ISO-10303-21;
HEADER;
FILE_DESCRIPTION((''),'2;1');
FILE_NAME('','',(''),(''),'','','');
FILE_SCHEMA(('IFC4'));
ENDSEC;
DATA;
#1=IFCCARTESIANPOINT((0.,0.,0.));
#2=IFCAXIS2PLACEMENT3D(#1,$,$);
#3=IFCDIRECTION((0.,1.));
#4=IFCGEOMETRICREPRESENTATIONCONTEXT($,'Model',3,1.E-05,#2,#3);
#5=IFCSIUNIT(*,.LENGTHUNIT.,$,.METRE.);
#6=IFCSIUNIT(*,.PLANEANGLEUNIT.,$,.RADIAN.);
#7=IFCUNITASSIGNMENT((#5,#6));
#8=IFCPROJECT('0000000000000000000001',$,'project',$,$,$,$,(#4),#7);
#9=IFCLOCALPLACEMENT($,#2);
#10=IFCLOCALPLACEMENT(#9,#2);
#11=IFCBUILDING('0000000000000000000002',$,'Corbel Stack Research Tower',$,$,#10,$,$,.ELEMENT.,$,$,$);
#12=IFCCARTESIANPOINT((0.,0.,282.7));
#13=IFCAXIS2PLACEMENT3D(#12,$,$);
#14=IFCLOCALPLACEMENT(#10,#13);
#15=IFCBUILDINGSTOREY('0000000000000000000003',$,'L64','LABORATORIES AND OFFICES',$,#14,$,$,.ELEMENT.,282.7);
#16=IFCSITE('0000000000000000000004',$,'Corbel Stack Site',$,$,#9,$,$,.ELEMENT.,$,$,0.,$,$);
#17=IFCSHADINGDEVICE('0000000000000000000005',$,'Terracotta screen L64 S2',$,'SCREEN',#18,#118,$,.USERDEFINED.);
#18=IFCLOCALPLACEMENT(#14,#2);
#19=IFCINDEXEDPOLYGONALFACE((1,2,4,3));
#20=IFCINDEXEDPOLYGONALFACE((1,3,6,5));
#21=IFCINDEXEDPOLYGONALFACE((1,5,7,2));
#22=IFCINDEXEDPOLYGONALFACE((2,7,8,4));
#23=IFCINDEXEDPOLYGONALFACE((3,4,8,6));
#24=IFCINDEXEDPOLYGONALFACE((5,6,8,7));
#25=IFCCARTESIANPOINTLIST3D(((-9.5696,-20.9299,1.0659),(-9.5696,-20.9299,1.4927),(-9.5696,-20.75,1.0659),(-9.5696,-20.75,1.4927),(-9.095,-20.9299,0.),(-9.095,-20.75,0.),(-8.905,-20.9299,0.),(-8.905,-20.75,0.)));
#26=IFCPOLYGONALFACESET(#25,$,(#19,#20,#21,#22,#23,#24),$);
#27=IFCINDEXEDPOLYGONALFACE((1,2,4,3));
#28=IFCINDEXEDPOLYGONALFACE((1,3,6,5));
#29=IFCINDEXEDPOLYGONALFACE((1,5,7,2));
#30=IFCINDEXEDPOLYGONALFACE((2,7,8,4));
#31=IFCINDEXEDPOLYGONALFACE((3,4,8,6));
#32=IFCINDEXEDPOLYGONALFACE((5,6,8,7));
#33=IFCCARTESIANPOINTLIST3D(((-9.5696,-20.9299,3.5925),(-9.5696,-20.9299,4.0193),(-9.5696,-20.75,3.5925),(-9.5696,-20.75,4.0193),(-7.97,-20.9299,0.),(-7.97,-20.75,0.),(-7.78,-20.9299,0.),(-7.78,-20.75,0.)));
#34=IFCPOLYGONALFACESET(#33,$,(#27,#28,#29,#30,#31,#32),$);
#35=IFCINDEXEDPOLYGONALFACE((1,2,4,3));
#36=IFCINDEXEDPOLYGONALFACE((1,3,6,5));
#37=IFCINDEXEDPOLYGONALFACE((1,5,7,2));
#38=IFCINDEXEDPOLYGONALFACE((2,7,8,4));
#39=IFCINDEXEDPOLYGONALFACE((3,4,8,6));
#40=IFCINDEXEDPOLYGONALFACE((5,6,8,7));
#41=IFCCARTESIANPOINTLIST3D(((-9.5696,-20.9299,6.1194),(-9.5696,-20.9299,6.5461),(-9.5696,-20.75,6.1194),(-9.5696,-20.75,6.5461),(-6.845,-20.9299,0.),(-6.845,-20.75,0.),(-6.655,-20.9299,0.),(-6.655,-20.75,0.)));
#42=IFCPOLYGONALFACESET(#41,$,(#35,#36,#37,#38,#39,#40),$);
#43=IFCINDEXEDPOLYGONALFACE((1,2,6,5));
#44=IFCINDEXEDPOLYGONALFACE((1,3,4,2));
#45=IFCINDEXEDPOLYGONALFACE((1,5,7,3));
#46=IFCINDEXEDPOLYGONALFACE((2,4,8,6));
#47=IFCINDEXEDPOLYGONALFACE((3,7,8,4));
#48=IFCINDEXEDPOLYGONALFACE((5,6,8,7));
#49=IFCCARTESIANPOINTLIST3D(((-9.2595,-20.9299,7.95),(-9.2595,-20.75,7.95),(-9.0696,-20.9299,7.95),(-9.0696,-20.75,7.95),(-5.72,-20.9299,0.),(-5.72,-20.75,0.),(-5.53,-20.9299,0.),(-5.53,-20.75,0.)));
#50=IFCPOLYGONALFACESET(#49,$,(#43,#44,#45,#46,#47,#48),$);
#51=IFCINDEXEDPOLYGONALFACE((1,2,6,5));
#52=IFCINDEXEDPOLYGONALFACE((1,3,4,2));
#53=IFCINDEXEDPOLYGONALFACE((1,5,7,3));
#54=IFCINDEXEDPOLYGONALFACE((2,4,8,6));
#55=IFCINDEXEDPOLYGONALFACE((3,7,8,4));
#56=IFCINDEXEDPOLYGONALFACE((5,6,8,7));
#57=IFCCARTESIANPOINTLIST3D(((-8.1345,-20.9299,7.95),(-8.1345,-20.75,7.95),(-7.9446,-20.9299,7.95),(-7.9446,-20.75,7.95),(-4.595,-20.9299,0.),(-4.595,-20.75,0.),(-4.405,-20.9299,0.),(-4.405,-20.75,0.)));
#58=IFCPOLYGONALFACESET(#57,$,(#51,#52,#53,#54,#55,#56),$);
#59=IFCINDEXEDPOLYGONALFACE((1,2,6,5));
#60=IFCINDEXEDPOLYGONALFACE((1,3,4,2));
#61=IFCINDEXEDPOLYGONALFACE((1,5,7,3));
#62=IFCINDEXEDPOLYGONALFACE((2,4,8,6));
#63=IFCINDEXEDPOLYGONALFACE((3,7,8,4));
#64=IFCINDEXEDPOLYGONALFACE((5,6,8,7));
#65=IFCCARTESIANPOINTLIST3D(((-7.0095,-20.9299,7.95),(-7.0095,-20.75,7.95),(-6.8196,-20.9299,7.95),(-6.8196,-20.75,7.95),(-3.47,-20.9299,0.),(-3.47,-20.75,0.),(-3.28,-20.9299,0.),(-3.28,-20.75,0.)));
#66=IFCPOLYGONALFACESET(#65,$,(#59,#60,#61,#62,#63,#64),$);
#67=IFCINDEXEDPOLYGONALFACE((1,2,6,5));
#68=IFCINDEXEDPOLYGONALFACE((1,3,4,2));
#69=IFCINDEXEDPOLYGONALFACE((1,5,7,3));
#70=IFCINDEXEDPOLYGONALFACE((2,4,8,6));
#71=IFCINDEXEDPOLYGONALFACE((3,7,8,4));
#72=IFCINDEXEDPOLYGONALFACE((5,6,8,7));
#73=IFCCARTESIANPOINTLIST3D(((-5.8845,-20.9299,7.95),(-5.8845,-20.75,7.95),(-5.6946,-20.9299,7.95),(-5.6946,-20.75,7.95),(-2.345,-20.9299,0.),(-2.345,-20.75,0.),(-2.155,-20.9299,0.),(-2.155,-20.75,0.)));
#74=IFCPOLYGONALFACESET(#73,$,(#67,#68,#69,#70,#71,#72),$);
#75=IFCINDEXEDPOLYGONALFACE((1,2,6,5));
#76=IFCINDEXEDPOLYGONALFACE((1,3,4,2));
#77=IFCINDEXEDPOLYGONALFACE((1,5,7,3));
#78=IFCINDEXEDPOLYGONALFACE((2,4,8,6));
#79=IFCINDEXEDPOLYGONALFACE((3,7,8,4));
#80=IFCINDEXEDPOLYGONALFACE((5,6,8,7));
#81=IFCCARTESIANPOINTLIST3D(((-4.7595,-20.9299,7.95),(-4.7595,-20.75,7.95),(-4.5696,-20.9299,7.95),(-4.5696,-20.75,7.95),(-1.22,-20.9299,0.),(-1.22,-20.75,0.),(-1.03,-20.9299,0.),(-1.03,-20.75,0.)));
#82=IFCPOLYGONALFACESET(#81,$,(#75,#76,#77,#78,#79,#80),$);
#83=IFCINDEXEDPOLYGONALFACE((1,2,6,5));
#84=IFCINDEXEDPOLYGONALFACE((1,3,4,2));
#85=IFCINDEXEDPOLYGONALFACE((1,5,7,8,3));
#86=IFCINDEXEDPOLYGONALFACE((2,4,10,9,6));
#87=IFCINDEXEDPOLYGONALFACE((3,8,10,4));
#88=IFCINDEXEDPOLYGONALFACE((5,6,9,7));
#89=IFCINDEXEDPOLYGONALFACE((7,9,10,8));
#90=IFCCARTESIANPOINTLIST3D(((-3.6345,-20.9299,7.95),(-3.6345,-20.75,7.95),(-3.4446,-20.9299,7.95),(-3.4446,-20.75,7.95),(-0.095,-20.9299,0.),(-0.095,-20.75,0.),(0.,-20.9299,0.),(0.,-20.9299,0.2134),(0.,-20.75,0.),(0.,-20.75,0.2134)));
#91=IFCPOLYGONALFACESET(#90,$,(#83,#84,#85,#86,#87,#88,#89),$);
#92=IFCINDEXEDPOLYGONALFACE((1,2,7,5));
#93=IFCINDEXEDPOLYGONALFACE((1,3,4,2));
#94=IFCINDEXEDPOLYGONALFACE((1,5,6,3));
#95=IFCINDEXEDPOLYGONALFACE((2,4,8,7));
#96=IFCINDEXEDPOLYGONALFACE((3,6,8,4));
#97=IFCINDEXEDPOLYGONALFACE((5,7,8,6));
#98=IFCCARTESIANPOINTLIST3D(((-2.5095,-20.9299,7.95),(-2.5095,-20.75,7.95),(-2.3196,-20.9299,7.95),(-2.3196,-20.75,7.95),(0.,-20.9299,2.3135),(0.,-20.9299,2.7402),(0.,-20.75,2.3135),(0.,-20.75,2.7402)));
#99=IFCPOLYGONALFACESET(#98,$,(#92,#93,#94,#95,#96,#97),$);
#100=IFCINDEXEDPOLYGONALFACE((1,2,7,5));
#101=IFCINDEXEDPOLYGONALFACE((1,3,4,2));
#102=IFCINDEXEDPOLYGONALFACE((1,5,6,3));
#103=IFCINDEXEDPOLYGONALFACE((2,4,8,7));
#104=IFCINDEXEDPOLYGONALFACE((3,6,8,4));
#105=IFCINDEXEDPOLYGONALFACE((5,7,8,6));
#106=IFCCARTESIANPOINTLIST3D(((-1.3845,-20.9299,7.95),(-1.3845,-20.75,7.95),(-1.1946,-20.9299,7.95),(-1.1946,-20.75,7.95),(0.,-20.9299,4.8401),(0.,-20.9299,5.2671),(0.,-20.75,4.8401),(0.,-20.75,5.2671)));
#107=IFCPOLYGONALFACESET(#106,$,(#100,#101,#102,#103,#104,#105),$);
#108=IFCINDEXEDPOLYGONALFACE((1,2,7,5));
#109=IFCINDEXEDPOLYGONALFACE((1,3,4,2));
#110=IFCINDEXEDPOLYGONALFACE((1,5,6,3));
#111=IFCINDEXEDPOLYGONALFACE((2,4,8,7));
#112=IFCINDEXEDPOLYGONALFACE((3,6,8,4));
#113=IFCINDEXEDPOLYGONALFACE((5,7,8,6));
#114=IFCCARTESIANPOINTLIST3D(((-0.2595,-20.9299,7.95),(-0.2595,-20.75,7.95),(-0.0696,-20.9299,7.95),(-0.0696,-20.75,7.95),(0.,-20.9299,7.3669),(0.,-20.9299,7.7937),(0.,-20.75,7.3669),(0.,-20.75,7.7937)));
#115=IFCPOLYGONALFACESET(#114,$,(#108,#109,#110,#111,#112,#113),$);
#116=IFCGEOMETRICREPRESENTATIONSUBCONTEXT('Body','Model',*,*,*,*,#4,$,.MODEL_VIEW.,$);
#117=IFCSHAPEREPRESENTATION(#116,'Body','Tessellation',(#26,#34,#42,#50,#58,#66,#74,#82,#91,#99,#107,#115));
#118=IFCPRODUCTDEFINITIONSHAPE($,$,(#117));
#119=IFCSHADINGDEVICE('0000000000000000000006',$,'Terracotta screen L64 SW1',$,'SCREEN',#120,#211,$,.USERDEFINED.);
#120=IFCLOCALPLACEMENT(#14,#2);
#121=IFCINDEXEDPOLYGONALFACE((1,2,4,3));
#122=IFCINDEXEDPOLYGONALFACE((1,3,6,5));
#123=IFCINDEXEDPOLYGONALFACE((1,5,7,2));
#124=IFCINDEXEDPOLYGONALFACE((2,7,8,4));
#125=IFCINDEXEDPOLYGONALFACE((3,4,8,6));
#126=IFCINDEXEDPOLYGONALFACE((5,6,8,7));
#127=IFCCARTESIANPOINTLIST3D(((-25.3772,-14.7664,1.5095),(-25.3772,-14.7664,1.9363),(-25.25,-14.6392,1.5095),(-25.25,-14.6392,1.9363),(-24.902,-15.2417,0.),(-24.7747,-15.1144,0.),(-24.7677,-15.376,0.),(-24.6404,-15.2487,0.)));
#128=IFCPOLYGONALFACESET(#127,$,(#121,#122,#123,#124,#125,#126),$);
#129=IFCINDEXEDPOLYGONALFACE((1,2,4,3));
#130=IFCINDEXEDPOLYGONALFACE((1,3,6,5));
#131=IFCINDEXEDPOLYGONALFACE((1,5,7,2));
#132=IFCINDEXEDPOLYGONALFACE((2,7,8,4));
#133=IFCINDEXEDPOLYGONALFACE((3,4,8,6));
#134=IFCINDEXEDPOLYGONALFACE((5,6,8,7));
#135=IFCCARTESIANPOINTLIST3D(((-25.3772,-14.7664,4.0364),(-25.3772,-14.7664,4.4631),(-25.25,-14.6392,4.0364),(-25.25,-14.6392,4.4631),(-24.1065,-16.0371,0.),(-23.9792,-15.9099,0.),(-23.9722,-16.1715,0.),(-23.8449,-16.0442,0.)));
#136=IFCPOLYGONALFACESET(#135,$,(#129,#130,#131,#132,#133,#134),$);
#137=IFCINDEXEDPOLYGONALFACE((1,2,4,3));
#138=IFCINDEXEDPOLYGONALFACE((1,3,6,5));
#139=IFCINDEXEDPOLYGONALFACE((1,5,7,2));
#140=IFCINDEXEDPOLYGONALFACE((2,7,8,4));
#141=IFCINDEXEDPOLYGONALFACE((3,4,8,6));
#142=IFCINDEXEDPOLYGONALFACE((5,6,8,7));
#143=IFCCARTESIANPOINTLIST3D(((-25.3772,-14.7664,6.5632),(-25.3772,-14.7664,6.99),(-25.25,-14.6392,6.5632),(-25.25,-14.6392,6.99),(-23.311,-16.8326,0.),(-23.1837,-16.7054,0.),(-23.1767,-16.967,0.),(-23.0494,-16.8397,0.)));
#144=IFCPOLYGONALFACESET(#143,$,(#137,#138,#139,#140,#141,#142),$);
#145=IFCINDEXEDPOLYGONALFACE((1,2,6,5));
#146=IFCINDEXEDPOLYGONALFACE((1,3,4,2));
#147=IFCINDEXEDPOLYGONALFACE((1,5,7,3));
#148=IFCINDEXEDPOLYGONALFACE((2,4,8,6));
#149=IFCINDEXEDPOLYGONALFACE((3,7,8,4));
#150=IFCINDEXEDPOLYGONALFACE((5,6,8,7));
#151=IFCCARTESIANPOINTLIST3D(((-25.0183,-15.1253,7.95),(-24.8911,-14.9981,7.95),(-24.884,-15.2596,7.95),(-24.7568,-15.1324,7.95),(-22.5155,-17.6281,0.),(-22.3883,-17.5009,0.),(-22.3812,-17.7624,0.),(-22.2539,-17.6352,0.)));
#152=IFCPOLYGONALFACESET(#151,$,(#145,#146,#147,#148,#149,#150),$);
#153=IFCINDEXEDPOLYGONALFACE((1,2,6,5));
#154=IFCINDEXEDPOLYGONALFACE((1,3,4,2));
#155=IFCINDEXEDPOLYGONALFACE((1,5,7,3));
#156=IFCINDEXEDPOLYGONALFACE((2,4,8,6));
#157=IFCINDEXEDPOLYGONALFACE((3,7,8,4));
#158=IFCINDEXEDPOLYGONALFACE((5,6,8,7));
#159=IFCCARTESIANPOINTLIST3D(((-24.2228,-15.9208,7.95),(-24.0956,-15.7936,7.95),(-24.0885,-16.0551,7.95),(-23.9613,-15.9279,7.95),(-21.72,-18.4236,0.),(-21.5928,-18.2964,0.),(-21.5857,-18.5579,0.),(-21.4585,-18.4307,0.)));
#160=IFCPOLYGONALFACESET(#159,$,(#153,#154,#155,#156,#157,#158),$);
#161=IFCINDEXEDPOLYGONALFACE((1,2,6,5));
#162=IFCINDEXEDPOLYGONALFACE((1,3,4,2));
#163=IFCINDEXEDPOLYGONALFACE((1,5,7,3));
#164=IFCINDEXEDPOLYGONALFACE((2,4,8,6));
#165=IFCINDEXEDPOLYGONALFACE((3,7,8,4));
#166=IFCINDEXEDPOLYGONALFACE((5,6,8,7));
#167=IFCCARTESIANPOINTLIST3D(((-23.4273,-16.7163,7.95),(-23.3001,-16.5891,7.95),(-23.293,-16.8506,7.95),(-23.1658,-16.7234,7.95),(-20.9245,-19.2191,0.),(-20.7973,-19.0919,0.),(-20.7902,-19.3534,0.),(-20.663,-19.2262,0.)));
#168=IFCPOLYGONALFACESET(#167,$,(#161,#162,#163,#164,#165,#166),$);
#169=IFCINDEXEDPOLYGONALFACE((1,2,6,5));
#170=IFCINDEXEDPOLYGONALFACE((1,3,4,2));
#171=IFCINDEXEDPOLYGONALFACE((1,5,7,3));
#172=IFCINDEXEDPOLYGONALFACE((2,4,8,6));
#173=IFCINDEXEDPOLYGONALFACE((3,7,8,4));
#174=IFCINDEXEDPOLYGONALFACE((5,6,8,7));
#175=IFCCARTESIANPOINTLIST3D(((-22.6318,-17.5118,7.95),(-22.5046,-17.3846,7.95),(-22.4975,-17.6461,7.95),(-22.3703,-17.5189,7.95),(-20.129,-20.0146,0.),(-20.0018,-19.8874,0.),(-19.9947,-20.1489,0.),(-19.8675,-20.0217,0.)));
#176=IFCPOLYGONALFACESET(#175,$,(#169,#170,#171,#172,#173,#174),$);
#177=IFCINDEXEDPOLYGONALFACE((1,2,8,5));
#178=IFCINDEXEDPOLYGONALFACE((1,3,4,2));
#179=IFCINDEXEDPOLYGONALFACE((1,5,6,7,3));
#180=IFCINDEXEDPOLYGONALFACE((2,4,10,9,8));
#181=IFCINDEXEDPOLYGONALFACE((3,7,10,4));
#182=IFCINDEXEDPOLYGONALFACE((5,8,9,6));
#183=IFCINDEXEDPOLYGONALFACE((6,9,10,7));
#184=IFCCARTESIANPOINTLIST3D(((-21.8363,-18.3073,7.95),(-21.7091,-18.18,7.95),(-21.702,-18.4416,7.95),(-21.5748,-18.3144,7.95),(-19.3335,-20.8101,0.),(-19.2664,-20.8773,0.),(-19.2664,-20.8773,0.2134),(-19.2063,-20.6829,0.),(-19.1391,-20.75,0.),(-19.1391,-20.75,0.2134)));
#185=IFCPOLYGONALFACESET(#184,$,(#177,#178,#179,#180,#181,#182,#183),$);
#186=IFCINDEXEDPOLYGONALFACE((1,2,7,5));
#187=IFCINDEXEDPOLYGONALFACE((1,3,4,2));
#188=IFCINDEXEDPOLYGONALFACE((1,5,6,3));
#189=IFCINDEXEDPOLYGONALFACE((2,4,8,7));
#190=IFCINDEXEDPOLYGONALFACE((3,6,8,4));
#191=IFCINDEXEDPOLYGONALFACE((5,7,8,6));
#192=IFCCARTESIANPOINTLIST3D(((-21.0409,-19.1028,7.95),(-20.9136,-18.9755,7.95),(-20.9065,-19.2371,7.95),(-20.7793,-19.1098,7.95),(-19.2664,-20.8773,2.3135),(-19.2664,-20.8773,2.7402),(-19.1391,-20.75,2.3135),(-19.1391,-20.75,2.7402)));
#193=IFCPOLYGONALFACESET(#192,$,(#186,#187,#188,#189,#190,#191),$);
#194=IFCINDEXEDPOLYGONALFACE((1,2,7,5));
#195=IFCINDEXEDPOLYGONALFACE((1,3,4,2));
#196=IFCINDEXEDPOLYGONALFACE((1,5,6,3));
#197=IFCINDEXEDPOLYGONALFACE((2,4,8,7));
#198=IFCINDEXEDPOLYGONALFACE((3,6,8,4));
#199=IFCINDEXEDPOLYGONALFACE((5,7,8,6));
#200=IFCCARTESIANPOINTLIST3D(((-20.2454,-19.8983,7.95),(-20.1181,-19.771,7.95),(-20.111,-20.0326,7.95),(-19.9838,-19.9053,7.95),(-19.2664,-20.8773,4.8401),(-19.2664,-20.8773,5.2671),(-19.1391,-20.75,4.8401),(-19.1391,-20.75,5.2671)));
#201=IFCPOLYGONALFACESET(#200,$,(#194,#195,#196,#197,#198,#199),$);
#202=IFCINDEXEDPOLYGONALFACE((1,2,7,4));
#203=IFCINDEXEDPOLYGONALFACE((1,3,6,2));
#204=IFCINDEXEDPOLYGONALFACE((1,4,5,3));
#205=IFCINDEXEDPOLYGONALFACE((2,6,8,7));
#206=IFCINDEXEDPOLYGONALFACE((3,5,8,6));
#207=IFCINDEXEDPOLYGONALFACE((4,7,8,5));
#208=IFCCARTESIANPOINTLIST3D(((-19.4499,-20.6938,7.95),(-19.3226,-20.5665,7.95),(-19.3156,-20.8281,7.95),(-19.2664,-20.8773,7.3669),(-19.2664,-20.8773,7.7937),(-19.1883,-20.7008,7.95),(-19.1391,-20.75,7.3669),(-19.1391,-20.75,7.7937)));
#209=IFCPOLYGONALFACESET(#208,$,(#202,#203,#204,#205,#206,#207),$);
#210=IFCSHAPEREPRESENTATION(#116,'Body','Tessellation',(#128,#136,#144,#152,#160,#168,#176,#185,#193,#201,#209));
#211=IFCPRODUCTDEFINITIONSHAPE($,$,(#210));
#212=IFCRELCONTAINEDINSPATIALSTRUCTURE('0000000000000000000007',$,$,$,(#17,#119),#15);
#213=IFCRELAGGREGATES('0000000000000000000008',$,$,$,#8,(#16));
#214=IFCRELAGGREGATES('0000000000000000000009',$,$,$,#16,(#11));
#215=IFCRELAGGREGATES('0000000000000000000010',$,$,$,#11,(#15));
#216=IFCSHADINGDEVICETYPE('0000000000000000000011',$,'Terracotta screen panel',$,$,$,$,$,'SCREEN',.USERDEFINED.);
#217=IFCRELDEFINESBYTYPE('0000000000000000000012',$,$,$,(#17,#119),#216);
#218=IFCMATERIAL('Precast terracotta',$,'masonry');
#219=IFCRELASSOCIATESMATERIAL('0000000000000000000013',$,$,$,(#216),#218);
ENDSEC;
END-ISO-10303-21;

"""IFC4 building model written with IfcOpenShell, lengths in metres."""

from ifc_helpers import new_model, si_unit, direction, frame, origin, place, context, subcontext, project, spatial, polyline, outline, extrude, source, transform, mapped, material, type_object, element, save


model = new_model("IFC4")

# Units and contexts
model_context = context("Model", 3, precision=1e-05, world=origin(), true_north=direction((0.0, 1.0)))
body_context = subcontext(model_context, "Body", "Model", "MODEL_VIEW")
ifc_project = project(units=[si_unit("LENGTHUNIT", "METRE"), si_unit("PLANEANGLEUNIT", "RADIAN")], contexts=[model_context])

# Site, building, storey
site_placement = place(None, origin())
site = spatial("IfcSite", under=ifc_project, at=site_placement, Name="Corbel Stack Site", CompositionType="ELEMENT", RefElevation=0.0)
building_placement = place(site_placement, origin())
building = spatial("IfcBuilding", under=site, at=building_placement, Name="Corbel Stack Research Tower", CompositionType="ELEMENT")
storey_placement = place(building_placement, frame((0.0, 0.0, 282.7)))
storey = spatial("IfcBuildingStorey", under=building, at=storey_placement, Name="L64", Description="LABORATORIES AND OFFICES", CompositionType="ELEMENT", Elevation=282.7)

# Shading devices
ifc_material_1 = material(Name="Precast terracotta", Category="masonry")
shading_device_type = type_object("IfcShadingDeviceType", Name="Terracotta screen panel", ElementType="SCREEN", PredefinedType="USERDEFINED", material=ifc_material_1)
shared_shape_1 = source(origin(), body_context, "Body", "SweptSolid", [
    extrude(outline(polyline([(0.6646, 0.0), (0.0, 1.4927), (0.0, 1.0659), (0.4746, 0.0), (0.6646, 0.0)])), frame((0.0, 0.0, 0.0), z_axis=(0.0, -1.0, 0.0), x_axis=(1.0, 0.0, 0.0)), (0.0, 0.0, 1.0), 0.1799),
    extrude(outline(polyline([(1.7896, 0.0), (0.0, 4.0193), (0.0, 3.5925), (1.5996, 0.0), (1.7896, 0.0)])), frame((0.0, 0.0, 0.0), z_axis=(0.0, -1.0, 0.0), x_axis=(1.0, 0.0, 0.0)), (0.0, 0.0, 1.0), 0.1799),
    extrude(outline(polyline([(2.9146, 0.0), (0.0, 6.5461), (0.0, 6.1194), (2.7246, 0.0), (2.9146, 0.0)])), frame((0.0, 0.0, 0.0), z_axis=(0.0, -1.0, 0.0), x_axis=(1.0, 0.0, 0.0)), (0.0, 0.0, 1.0), 0.1799),
    extrude(outline(polyline([(4.0396, 0.0), (0.5, 7.95), (0.3101, 7.95), (3.8496, 0.0), (4.0396, 0.0)])), frame((0.0, 0.0, 0.0), z_axis=(0.0, -1.0, 0.0), x_axis=(1.0, 0.0, 0.0)), (0.0, 0.0, 1.0), 0.1799),
    extrude(outline(polyline([(5.1646, 0.0), (1.625, 7.95), (1.4351, 7.95), (4.9746, 0.0), (5.1646, 0.0)])), frame((0.0, 0.0, 0.0), z_axis=(0.0, -1.0, 0.0), x_axis=(1.0, 0.0, 0.0)), (0.0, 0.0, 1.0), 0.1799),
    extrude(outline(polyline([(6.2896, 0.0), (2.75, 7.95), (2.5601, 7.95), (6.0996, 0.0), (6.2896, 0.0)])), frame((0.0, 0.0, 0.0), z_axis=(0.0, -1.0, 0.0), x_axis=(1.0, 0.0, 0.0)), (0.0, 0.0, 1.0), 0.1799),
    extrude(outline(polyline([(7.4146, 0.0), (3.875, 7.95), (3.6851, 7.95), (7.2246, 0.0), (7.4146, 0.0)])), frame((0.0, 0.0, 0.0), z_axis=(0.0, -1.0, 0.0), x_axis=(1.0, 0.0, 0.0)), (0.0, 0.0, 1.0), 0.1799),
    extrude(outline(polyline([(8.5396, 0.0), (5.0, 7.95), (4.8101, 7.95), (8.3496, 0.0), (8.5396, 0.0)])), frame((0.0, 0.0, 0.0), z_axis=(0.0, -1.0, 0.0), x_axis=(1.0, 0.0, 0.0)), (0.0, 0.0, 1.0), 0.1799),
    extrude(outline(polyline([(9.5696, 0.0), (9.5696, 0.2134), (6.125, 7.95), (5.9351, 7.95), (9.4746, 0.0), (9.5696, 0.0)])), frame((0.0, 0.0, 0.0), z_axis=(0.0, -1.0, 0.0), x_axis=(1.0, 0.0, 0.0)), (0.0, 0.0, 1.0), 0.1799),
    extrude(outline(polyline([(7.25, 7.95), (7.0601, 7.95), (9.5696, 2.3135), (9.5696, 2.7402), (7.25, 7.95)])), frame((0.0, 0.0, 0.0), z_axis=(0.0, -1.0, 0.0), x_axis=(1.0, 0.0, 0.0)), (0.0, 0.0, 1.0), 0.1799),
    extrude(outline(polyline([(8.375, 7.95), (8.1851, 7.95), (9.5696, 4.8401), (9.5696, 5.2671), (8.375, 7.95)])), frame((0.0, 0.0, 0.0), z_axis=(0.0, -1.0, 0.0), x_axis=(1.0, 0.0, 0.0)), (0.0, 0.0, 1.0), 0.1799),
    extrude(outline(polyline([(9.5, 7.95), (9.3101, 7.95), (9.5696, 7.3669), (9.5696, 7.7937), (9.5, 7.95)])), frame((0.0, 0.0, 0.0), z_axis=(0.0, -1.0, 0.0), x_axis=(1.0, 0.0, 0.0)), (0.0, 0.0, 1.0), 0.1799),
])
shading_device_1_placement = place(storey_placement, frame((-9.5696, -20.75, 0.0), z_axis=(0.0, 0.0, 1.0), x_axis=(1.0, 0.0, 0.0)))
element("IfcShadingDevice", 1, at=shading_device_1_placement, inside=storey, type_object=shading_device_type, Name="Terracotta screen L64 S2", ObjectType="SCREEN", PredefinedType="USERDEFINED", context=body_context, shape_type="MappedRepresentation", body=[
    mapped(shared_shape_1, transform((0.0, 0.0, 0.0))),
])
shared_shape_2 = source(origin(), body_context, "Body", "SweptSolid", [
    extrude(outline(polyline([(0.8621, 0.0), (0.0, 1.9363), (0.0, 1.5095), (0.6721, 0.0), (0.8621, 0.0)])), frame((0.0, 0.0, 0.0), z_axis=(0.0, -1.0, 0.0), x_axis=(1.0, 0.0, 0.0)), (0.0, 0.0, 1.0), 0.1799),
    extrude(outline(polyline([(1.9871, 0.0), (0.0, 4.4631), (0.0, 4.0364), (1.7971, 0.0), (1.9871, 0.0)])), frame((0.0, 0.0, 0.0), z_axis=(0.0, -1.0, 0.0), x_axis=(1.0, 0.0, 0.0)), (0.0, 0.0, 1.0), 0.1799),
    extrude(outline(polyline([(3.1121, 0.0), (0.0, 6.99), (0.0, 6.5632), (2.9221, 0.0), (3.1121, 0.0)])), frame((0.0, 0.0, 0.0), z_axis=(0.0, -1.0, 0.0), x_axis=(1.0, 0.0, 0.0)), (0.0, 0.0, 1.0), 0.1799),
    extrude(outline(polyline([(4.2371, 0.0), (0.6975, 7.95), (0.5076, 7.95), (4.0471, 0.0), (4.2371, 0.0)])), frame((0.0, 0.0, 0.0), z_axis=(0.0, -1.0, 0.0), x_axis=(1.0, 0.0, 0.0)), (0.0, 0.0, 1.0), 0.1799),
    extrude(outline(polyline([(5.3621, 0.0), (1.8225, 7.95), (1.6326, 7.95), (5.1721, 0.0), (5.3621, 0.0)])), frame((0.0, 0.0, 0.0), z_axis=(0.0, -1.0, 0.0), x_axis=(1.0, 0.0, 0.0)), (0.0, 0.0, 1.0), 0.1799),
    extrude(outline(polyline([(6.4871, 0.0), (2.9475, 7.95), (2.7576, 7.95), (6.2971, 0.0), (6.4871, 0.0)])), frame((0.0, 0.0, 0.0), z_axis=(0.0, -1.0, 0.0), x_axis=(1.0, 0.0, 0.0)), (0.0, 0.0, 1.0), 0.1799),
    extrude(outline(polyline([(7.6121, 0.0), (4.0725, 7.95), (3.8826, 7.95), (7.4221, 0.0), (7.6121, 0.0)])), frame((0.0, 0.0, 0.0), z_axis=(0.0, -1.0, 0.0), x_axis=(1.0, 0.0, 0.0)), (0.0, 0.0, 1.0), 0.1799),
    extrude(outline(polyline([(8.6421, 0.0), (8.6421, 0.2134), (5.1975, 7.95), (5.0076, 7.95), (8.5471, 0.0), (8.6421, 0.0)])), frame((0.0, 0.0, 0.0), z_axis=(0.0, -1.0, 0.0), x_axis=(1.0, 0.0, 0.0)), (0.0, 0.0, 1.0), 0.1799),
    extrude(outline(polyline([(6.3225, 7.95), (6.1326, 7.95), (8.6421, 2.3135), (8.6421, 2.7402), (6.3225, 7.95)])), frame((0.0, 0.0, 0.0), z_axis=(0.0, -1.0, 0.0), x_axis=(1.0, 0.0, 0.0)), (0.0, 0.0, 1.0), 0.1799),
    extrude(outline(polyline([(7.4475, 7.95), (7.2576, 7.95), (8.6421, 4.8401), (8.6421, 5.2671), (7.4475, 7.95)])), frame((0.0, 0.0, 0.0), z_axis=(0.0, -1.0, 0.0), x_axis=(1.0, 0.0, 0.0)), (0.0, 0.0, 1.0), 0.1799),
    extrude(outline(polyline([(8.5725, 7.95), (8.3826, 7.95), (8.6421, 7.3669), (8.6421, 7.7937), (8.5725, 7.95)])), frame((0.0, 0.0, 0.0), z_axis=(0.0, -1.0, 0.0), x_axis=(1.0, 0.0, 0.0)), (0.0, 0.0, 1.0), 0.1799),
])
shading_device_2_placement = place(storey_placement, frame((-25.25, -14.6392, 0.0), z_axis=(0.0, 0.0, 1.0), x_axis=(0.707107, -0.707107, 0.0)))
element("IfcShadingDevice", 2, at=shading_device_2_placement, inside=storey, type_object=shading_device_type, Name="Terracotta screen L64 SW1", ObjectType="SCREEN", PredefinedType="USERDEFINED", context=body_context, shape_type="MappedRepresentation", body=[
    mapped(shared_shape_2, transform((0.0, 0.0, 0.0))),
])

save(model, "model.ifc")
